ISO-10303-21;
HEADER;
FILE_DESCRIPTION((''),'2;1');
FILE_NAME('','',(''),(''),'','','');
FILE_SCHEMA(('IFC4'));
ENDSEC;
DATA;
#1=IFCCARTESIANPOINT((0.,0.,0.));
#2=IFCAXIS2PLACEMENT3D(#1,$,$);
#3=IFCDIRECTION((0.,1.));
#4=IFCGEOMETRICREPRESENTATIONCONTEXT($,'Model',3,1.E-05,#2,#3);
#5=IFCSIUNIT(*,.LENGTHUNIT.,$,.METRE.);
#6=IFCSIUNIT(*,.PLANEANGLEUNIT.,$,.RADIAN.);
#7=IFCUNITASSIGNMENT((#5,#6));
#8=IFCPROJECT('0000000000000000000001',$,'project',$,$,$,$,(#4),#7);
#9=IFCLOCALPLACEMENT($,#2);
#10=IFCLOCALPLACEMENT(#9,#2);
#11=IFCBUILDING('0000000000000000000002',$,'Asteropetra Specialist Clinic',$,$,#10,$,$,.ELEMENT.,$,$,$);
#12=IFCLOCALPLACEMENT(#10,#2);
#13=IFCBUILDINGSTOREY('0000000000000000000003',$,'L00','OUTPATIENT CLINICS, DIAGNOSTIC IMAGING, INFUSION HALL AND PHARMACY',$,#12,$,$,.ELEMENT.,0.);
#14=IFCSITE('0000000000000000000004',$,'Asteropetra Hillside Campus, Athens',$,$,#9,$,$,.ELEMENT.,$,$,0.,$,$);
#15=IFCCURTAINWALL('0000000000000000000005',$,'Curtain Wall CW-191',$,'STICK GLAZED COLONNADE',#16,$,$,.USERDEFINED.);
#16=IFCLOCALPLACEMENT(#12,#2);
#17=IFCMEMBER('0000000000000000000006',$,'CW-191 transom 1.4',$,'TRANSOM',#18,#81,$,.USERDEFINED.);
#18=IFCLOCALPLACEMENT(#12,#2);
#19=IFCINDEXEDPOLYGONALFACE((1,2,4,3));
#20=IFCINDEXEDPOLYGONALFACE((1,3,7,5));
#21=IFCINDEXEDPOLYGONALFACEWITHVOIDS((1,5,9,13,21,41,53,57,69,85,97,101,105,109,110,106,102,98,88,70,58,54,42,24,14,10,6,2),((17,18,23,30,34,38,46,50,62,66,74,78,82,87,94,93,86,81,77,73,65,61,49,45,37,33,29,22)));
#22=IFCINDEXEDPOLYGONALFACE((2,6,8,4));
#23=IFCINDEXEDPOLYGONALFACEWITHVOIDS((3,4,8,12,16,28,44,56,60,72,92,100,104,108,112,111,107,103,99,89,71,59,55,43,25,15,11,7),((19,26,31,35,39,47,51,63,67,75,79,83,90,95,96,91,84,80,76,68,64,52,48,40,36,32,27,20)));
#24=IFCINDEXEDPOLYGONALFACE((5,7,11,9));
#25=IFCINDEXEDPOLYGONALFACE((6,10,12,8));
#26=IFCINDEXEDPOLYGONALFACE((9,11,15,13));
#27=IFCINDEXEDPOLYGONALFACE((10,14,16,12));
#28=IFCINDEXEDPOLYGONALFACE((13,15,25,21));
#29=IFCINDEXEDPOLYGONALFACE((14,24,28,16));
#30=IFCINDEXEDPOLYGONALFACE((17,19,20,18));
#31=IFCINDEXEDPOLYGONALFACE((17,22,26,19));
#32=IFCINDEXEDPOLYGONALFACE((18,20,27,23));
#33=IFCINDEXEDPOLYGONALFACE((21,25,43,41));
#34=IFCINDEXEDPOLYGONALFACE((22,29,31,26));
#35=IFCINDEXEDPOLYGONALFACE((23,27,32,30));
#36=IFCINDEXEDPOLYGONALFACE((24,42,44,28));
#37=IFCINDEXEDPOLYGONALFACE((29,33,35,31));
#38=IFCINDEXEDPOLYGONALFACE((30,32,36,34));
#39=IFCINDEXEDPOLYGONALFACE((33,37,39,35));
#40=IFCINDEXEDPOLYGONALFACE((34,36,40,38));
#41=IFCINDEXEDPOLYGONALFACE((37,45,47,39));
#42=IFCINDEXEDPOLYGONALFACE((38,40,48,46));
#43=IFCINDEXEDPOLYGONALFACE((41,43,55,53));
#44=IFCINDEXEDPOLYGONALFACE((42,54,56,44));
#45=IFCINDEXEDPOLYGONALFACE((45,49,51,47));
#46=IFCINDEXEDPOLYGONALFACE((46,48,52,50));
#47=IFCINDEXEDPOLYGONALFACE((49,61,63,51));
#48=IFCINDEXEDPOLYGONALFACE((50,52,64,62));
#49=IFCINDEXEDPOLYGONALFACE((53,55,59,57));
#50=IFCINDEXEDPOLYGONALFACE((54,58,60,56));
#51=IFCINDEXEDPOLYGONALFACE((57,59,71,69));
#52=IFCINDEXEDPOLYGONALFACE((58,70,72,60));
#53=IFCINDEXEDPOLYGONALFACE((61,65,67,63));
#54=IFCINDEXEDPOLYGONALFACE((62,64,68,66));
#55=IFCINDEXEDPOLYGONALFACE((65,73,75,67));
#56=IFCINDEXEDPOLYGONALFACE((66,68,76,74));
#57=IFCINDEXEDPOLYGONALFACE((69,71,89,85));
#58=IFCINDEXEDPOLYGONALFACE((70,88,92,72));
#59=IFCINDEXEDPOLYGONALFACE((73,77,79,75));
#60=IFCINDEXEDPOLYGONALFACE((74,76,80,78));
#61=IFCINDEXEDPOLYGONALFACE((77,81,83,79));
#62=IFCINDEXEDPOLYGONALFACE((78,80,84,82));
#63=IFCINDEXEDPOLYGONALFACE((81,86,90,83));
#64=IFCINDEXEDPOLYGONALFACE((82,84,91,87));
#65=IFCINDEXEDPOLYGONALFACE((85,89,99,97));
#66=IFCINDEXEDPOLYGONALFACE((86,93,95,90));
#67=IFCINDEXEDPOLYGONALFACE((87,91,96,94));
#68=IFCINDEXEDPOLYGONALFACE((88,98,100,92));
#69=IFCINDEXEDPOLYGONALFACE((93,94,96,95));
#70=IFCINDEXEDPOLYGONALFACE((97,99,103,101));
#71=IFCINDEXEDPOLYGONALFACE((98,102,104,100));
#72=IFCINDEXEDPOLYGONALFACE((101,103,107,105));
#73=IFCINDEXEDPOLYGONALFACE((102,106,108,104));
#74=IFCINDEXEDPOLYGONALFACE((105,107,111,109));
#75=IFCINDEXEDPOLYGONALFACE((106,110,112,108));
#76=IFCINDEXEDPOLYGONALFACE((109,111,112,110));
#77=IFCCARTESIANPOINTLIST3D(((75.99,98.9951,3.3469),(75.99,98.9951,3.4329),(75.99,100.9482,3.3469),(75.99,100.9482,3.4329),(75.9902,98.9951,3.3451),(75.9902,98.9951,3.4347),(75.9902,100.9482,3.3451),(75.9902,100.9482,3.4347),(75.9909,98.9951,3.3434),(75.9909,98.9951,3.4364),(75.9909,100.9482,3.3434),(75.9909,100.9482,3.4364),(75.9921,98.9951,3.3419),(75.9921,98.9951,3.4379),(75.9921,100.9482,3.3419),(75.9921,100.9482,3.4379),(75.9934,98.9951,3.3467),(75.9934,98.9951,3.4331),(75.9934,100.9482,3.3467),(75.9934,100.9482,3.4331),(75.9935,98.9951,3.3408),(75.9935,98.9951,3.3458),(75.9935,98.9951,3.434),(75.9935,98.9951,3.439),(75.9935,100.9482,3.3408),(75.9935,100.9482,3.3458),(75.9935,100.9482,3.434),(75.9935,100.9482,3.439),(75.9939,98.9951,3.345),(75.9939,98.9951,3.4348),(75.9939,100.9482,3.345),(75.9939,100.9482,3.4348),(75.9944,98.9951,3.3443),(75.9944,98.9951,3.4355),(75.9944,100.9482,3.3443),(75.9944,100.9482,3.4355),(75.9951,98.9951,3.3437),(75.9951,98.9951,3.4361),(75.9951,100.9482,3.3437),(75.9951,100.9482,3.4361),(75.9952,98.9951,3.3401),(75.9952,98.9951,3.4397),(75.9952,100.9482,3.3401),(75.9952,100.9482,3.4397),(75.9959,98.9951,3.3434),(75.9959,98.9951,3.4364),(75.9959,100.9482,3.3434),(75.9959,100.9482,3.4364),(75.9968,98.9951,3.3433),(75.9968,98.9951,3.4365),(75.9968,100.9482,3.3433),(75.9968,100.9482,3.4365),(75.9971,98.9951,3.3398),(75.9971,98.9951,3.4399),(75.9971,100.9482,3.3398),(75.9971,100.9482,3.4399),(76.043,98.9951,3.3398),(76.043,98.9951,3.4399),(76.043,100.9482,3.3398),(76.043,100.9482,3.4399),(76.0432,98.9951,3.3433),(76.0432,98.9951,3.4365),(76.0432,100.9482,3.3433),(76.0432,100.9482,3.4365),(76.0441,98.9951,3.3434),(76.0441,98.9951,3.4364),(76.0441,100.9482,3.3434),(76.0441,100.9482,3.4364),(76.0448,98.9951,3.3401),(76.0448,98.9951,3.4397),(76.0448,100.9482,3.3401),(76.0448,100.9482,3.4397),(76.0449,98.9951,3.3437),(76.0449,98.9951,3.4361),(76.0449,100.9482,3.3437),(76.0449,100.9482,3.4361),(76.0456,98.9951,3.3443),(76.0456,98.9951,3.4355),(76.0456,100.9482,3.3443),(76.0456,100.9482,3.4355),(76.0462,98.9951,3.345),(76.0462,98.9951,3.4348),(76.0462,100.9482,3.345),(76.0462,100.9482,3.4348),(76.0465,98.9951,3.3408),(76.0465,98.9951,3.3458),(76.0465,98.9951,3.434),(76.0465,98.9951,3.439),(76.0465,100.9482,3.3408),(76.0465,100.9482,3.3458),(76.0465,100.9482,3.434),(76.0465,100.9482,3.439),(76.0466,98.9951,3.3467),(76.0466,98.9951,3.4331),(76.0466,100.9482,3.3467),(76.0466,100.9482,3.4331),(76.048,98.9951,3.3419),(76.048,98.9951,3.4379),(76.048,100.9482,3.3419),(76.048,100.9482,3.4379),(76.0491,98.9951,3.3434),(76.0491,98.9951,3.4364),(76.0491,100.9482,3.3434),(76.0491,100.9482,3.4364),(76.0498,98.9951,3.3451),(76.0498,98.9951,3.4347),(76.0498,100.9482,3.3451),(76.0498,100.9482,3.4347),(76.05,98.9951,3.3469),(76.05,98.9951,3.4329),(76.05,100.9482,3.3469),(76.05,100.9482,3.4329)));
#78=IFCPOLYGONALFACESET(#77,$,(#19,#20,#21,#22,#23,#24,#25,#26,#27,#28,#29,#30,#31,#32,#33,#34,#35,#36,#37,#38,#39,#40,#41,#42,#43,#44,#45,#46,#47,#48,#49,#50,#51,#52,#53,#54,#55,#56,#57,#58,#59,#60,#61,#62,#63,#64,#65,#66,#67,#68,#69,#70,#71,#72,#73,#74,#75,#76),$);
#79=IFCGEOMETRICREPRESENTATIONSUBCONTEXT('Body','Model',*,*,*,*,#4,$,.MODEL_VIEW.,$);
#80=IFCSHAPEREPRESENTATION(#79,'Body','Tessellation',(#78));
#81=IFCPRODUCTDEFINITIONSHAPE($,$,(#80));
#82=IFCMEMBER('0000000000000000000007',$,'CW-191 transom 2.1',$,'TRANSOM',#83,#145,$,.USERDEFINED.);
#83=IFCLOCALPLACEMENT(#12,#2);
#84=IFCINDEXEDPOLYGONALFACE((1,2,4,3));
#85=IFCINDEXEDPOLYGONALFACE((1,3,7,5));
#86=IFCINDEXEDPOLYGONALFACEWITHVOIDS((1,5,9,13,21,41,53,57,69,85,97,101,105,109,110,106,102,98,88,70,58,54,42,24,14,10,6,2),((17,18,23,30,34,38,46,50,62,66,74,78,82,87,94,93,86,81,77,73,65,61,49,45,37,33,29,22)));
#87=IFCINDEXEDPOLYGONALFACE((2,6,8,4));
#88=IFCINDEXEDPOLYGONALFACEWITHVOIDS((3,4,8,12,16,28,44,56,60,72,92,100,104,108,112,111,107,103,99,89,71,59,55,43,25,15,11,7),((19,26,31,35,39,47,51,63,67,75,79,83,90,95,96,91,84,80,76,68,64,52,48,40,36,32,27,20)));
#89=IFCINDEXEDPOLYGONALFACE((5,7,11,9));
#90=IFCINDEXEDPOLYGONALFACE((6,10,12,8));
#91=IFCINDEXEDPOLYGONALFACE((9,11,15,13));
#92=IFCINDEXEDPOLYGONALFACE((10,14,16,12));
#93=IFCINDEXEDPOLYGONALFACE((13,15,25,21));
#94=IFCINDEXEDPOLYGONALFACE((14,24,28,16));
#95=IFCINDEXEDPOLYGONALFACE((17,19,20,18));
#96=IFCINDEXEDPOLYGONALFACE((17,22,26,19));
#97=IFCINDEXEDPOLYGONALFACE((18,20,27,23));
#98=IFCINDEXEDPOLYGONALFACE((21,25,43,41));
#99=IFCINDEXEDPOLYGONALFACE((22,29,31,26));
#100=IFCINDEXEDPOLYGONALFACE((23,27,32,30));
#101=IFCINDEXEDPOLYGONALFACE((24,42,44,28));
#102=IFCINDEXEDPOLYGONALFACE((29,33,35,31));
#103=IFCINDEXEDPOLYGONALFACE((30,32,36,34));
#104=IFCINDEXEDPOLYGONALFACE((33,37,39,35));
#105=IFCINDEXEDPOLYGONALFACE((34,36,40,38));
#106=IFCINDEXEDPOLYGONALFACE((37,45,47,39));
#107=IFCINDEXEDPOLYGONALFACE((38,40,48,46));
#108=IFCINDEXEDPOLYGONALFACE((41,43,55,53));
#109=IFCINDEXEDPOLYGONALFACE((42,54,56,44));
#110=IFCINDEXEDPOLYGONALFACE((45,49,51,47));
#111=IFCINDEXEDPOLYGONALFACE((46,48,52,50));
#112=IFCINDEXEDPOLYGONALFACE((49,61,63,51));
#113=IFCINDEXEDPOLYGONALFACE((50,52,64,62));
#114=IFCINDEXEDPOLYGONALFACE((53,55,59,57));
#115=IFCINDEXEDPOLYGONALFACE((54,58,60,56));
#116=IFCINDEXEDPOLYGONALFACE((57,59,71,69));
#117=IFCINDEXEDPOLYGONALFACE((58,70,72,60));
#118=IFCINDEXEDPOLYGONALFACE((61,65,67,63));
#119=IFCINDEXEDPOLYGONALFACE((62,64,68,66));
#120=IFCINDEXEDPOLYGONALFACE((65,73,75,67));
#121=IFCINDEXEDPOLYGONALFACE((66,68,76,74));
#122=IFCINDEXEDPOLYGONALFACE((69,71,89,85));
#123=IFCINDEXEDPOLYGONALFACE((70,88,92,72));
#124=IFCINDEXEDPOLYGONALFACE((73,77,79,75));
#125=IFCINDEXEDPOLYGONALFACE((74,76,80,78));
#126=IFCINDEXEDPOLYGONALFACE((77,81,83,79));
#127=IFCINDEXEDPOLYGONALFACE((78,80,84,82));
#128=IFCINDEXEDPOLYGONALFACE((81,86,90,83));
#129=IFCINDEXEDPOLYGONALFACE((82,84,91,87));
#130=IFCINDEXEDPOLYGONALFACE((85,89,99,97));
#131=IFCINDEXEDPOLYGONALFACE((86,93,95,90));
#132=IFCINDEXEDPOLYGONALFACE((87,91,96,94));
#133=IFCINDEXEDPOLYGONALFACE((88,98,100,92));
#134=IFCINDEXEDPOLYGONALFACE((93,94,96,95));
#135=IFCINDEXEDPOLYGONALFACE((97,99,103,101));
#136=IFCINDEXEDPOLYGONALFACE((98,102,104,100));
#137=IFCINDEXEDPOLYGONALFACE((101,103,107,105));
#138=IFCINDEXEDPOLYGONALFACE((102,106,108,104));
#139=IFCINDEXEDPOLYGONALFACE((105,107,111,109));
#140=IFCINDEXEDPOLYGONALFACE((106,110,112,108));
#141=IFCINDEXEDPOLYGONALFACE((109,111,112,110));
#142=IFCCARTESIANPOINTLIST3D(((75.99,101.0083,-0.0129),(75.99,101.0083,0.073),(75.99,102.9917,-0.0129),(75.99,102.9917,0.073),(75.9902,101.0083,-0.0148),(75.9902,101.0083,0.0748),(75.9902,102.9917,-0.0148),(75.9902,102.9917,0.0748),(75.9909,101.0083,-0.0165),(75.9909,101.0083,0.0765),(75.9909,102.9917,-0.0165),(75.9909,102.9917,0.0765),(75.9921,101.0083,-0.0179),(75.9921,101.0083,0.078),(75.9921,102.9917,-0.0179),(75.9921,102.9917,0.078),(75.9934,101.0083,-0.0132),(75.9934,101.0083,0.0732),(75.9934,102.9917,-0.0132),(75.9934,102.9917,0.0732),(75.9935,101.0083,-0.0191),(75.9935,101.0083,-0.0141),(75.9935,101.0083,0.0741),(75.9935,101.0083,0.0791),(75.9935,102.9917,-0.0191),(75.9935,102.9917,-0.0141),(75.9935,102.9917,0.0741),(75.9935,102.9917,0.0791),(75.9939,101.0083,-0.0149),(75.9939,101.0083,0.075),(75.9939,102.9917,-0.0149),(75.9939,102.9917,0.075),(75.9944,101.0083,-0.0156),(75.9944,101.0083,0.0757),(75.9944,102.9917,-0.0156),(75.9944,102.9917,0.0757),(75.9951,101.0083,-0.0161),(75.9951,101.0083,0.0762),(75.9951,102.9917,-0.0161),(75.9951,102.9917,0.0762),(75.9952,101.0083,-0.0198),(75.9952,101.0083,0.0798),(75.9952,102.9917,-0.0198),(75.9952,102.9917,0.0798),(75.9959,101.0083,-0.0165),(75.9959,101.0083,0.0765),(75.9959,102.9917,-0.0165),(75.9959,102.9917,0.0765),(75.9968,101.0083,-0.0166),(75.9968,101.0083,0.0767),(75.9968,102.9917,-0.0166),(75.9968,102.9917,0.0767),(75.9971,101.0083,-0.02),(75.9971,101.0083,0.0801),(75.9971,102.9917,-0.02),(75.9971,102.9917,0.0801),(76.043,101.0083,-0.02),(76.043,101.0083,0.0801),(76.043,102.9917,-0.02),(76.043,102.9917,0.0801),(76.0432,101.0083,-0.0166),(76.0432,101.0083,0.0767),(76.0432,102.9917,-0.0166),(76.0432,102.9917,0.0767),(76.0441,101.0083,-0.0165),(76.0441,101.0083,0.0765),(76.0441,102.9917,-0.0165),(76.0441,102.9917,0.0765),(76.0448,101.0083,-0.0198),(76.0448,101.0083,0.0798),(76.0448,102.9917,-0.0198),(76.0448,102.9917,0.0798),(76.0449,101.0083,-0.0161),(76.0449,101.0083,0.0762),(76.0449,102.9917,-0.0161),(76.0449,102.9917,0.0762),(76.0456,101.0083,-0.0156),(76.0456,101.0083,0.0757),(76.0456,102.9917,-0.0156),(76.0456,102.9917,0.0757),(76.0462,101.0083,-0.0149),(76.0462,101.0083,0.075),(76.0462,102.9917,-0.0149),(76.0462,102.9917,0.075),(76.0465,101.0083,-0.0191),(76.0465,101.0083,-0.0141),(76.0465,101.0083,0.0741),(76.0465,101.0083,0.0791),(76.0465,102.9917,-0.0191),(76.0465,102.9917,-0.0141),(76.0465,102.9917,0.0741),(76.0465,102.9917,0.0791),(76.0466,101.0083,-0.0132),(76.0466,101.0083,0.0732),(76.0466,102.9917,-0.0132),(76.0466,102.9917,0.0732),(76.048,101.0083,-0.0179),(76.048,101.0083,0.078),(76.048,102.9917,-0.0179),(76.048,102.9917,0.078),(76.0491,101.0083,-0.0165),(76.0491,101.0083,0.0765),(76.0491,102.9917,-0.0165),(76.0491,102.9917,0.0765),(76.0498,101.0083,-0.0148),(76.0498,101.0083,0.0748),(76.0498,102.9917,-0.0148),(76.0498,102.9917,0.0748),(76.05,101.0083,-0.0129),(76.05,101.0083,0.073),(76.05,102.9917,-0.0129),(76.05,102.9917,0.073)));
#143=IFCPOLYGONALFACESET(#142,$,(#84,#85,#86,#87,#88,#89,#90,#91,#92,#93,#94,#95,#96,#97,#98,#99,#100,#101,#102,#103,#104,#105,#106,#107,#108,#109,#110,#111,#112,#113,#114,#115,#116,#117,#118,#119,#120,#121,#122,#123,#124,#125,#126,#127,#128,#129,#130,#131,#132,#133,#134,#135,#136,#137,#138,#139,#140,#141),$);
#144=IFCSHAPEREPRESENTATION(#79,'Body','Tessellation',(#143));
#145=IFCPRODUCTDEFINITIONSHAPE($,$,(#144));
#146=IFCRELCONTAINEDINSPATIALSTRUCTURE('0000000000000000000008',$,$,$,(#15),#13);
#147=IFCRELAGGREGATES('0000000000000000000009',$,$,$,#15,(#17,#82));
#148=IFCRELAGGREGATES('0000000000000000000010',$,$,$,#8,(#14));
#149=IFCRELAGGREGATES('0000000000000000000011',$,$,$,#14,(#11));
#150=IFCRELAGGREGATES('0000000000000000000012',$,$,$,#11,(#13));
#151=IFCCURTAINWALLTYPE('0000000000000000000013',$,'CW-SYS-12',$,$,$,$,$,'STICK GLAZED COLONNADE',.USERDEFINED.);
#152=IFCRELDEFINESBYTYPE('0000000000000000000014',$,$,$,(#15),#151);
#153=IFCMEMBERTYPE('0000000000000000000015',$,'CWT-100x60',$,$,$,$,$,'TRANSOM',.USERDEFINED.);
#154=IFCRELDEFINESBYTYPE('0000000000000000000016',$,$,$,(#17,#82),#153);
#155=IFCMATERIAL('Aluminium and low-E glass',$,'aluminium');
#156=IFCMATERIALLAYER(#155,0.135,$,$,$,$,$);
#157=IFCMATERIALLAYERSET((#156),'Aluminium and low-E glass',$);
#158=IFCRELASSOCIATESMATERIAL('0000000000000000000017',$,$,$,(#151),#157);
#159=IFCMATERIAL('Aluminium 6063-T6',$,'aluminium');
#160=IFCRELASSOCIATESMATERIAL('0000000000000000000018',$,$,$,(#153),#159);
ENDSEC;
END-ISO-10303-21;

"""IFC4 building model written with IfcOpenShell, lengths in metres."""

from ifc_helpers import new_model, si_unit, direction, frame, origin, origin_2d, place, context, subcontext, project, spatial, hollow_rectangle, extrude, material, layer, layer_set, material_profile, profile_set, type_object, element, aggregate, save


model = new_model("IFC4")

# Units and contexts
model_context = context("Model", 3, precision=1e-05, world=origin(), true_north=direction((0.0, 1.0)))
body_context = subcontext(model_context, "Body", "Model", "MODEL_VIEW")
ifc_project = project(units=[si_unit("LENGTHUNIT", "METRE"), si_unit("PLANEANGLEUNIT", "RADIAN")], contexts=[model_context])

# Site, building, storey
site_placement = place(None, origin())
site = spatial("IfcSite", under=ifc_project, at=site_placement, Name="Asteropetra Hillside Campus, Athens", CompositionType="ELEMENT", RefElevation=0.0)
building_placement = place(site_placement, origin())
building = spatial("IfcBuilding", under=site, at=building_placement, Name="Asteropetra Specialist Clinic", CompositionType="ELEMENT")
storey_placement = place(building_placement, origin())
storey = spatial("IfcBuildingStorey", under=building, at=storey_placement, Name="L00", Description="OUTPATIENT CLINICS, DIAGNOSTIC IMAGING, INFUSION HALL AND PHARMACY", CompositionType="ELEMENT", Elevation=0.0)

# Curtain wall, members
ifc_material_1 = material(Name="Aluminium and low-E glass", Category="aluminium")
ifc_layer_1 = layer(ifc_material_1, 0.135)
ifc_layer_set_1 = layer_set([ifc_layer_1], Name="Aluminium and low-E glass")
curtain_wall_type = type_object("IfcCurtainWallType", Name="CW-SYS-12", ElementType="STICK GLAZED COLONNADE", PredefinedType="USERDEFINED", material=ifc_layer_set_1)
curtain_wall_placement = place(storey_placement, origin())
curtain_wall = element("IfcCurtainWall", 1, at=curtain_wall_placement, inside=storey, type_object=curtain_wall_type, Name="Curtain Wall CW-191", ObjectType="STICK GLAZED COLONNADE", PredefinedType="USERDEFINED")
ifc_material_2 = material(Name="Aluminium 6063-T6", Category="aluminium")
ifc_material_profile_1 = material_profile(ifc_material_2, hollow_rectangle(XDim=0.0601, YDim=0.1001, WallThickness=0.0034, InnerFilletRadius=0.0034, OuterFilletRadius=0.0071, at=origin_2d()), Name="TRN 100x60x3.5")
ifc_profile_set_1 = profile_set([ifc_material_profile_1], Name="Aluminium 6063-T6")
member_type_1 = type_object("IfcMemberType", Name="CWT-100x60", ElementType="TRANSOM", PredefinedType="USERDEFINED", material=ifc_profile_set_1)
member_1_placement = place(storey_placement, frame((76.02, 98.9951, 3.3899), z_axis=(0.0, 1.0, 0.0), x_axis=(-1.0, 0.0, 0.0)))
member_1 = element("IfcMember", 2, at=member_1_placement, type_object=member_type_1, Name="CW-191 transom 1.4", ObjectType="TRANSOM", PredefinedType="USERDEFINED", context=body_context, shape_type="SweptSolid", body=[
    extrude(hollow_rectangle(XDim=0.0601, YDim=0.1001, WallThickness=0.0034, InnerFilletRadius=0.0034, OuterFilletRadius=0.0071, at=origin_2d()), origin(), (0.0, 0.0, 1.0), 1.9531),
])
member_2_placement = place(storey_placement, frame((76.02, 101.0083, 0.03), z_axis=(0.0, 1.0, 0.0), x_axis=(-1.0, 0.0, 0.0)))
member_2 = element("IfcMember", 3, at=member_2_placement, type_object=member_type_1, Name="CW-191 transom 2.1", ObjectType="TRANSOM", PredefinedType="USERDEFINED", context=body_context, shape_type="SweptSolid", body=[
    extrude(hollow_rectangle(XDim=0.0601, YDim=0.1001, WallThickness=0.0034, InnerFilletRadius=0.0034, OuterFilletRadius=0.0071, at=origin_2d()), origin(), (0.0, 0.0, 1.0), 1.9834),
])
aggregate(curtain_wall, [member_1, member_2])

save(model, "model.ifc")
